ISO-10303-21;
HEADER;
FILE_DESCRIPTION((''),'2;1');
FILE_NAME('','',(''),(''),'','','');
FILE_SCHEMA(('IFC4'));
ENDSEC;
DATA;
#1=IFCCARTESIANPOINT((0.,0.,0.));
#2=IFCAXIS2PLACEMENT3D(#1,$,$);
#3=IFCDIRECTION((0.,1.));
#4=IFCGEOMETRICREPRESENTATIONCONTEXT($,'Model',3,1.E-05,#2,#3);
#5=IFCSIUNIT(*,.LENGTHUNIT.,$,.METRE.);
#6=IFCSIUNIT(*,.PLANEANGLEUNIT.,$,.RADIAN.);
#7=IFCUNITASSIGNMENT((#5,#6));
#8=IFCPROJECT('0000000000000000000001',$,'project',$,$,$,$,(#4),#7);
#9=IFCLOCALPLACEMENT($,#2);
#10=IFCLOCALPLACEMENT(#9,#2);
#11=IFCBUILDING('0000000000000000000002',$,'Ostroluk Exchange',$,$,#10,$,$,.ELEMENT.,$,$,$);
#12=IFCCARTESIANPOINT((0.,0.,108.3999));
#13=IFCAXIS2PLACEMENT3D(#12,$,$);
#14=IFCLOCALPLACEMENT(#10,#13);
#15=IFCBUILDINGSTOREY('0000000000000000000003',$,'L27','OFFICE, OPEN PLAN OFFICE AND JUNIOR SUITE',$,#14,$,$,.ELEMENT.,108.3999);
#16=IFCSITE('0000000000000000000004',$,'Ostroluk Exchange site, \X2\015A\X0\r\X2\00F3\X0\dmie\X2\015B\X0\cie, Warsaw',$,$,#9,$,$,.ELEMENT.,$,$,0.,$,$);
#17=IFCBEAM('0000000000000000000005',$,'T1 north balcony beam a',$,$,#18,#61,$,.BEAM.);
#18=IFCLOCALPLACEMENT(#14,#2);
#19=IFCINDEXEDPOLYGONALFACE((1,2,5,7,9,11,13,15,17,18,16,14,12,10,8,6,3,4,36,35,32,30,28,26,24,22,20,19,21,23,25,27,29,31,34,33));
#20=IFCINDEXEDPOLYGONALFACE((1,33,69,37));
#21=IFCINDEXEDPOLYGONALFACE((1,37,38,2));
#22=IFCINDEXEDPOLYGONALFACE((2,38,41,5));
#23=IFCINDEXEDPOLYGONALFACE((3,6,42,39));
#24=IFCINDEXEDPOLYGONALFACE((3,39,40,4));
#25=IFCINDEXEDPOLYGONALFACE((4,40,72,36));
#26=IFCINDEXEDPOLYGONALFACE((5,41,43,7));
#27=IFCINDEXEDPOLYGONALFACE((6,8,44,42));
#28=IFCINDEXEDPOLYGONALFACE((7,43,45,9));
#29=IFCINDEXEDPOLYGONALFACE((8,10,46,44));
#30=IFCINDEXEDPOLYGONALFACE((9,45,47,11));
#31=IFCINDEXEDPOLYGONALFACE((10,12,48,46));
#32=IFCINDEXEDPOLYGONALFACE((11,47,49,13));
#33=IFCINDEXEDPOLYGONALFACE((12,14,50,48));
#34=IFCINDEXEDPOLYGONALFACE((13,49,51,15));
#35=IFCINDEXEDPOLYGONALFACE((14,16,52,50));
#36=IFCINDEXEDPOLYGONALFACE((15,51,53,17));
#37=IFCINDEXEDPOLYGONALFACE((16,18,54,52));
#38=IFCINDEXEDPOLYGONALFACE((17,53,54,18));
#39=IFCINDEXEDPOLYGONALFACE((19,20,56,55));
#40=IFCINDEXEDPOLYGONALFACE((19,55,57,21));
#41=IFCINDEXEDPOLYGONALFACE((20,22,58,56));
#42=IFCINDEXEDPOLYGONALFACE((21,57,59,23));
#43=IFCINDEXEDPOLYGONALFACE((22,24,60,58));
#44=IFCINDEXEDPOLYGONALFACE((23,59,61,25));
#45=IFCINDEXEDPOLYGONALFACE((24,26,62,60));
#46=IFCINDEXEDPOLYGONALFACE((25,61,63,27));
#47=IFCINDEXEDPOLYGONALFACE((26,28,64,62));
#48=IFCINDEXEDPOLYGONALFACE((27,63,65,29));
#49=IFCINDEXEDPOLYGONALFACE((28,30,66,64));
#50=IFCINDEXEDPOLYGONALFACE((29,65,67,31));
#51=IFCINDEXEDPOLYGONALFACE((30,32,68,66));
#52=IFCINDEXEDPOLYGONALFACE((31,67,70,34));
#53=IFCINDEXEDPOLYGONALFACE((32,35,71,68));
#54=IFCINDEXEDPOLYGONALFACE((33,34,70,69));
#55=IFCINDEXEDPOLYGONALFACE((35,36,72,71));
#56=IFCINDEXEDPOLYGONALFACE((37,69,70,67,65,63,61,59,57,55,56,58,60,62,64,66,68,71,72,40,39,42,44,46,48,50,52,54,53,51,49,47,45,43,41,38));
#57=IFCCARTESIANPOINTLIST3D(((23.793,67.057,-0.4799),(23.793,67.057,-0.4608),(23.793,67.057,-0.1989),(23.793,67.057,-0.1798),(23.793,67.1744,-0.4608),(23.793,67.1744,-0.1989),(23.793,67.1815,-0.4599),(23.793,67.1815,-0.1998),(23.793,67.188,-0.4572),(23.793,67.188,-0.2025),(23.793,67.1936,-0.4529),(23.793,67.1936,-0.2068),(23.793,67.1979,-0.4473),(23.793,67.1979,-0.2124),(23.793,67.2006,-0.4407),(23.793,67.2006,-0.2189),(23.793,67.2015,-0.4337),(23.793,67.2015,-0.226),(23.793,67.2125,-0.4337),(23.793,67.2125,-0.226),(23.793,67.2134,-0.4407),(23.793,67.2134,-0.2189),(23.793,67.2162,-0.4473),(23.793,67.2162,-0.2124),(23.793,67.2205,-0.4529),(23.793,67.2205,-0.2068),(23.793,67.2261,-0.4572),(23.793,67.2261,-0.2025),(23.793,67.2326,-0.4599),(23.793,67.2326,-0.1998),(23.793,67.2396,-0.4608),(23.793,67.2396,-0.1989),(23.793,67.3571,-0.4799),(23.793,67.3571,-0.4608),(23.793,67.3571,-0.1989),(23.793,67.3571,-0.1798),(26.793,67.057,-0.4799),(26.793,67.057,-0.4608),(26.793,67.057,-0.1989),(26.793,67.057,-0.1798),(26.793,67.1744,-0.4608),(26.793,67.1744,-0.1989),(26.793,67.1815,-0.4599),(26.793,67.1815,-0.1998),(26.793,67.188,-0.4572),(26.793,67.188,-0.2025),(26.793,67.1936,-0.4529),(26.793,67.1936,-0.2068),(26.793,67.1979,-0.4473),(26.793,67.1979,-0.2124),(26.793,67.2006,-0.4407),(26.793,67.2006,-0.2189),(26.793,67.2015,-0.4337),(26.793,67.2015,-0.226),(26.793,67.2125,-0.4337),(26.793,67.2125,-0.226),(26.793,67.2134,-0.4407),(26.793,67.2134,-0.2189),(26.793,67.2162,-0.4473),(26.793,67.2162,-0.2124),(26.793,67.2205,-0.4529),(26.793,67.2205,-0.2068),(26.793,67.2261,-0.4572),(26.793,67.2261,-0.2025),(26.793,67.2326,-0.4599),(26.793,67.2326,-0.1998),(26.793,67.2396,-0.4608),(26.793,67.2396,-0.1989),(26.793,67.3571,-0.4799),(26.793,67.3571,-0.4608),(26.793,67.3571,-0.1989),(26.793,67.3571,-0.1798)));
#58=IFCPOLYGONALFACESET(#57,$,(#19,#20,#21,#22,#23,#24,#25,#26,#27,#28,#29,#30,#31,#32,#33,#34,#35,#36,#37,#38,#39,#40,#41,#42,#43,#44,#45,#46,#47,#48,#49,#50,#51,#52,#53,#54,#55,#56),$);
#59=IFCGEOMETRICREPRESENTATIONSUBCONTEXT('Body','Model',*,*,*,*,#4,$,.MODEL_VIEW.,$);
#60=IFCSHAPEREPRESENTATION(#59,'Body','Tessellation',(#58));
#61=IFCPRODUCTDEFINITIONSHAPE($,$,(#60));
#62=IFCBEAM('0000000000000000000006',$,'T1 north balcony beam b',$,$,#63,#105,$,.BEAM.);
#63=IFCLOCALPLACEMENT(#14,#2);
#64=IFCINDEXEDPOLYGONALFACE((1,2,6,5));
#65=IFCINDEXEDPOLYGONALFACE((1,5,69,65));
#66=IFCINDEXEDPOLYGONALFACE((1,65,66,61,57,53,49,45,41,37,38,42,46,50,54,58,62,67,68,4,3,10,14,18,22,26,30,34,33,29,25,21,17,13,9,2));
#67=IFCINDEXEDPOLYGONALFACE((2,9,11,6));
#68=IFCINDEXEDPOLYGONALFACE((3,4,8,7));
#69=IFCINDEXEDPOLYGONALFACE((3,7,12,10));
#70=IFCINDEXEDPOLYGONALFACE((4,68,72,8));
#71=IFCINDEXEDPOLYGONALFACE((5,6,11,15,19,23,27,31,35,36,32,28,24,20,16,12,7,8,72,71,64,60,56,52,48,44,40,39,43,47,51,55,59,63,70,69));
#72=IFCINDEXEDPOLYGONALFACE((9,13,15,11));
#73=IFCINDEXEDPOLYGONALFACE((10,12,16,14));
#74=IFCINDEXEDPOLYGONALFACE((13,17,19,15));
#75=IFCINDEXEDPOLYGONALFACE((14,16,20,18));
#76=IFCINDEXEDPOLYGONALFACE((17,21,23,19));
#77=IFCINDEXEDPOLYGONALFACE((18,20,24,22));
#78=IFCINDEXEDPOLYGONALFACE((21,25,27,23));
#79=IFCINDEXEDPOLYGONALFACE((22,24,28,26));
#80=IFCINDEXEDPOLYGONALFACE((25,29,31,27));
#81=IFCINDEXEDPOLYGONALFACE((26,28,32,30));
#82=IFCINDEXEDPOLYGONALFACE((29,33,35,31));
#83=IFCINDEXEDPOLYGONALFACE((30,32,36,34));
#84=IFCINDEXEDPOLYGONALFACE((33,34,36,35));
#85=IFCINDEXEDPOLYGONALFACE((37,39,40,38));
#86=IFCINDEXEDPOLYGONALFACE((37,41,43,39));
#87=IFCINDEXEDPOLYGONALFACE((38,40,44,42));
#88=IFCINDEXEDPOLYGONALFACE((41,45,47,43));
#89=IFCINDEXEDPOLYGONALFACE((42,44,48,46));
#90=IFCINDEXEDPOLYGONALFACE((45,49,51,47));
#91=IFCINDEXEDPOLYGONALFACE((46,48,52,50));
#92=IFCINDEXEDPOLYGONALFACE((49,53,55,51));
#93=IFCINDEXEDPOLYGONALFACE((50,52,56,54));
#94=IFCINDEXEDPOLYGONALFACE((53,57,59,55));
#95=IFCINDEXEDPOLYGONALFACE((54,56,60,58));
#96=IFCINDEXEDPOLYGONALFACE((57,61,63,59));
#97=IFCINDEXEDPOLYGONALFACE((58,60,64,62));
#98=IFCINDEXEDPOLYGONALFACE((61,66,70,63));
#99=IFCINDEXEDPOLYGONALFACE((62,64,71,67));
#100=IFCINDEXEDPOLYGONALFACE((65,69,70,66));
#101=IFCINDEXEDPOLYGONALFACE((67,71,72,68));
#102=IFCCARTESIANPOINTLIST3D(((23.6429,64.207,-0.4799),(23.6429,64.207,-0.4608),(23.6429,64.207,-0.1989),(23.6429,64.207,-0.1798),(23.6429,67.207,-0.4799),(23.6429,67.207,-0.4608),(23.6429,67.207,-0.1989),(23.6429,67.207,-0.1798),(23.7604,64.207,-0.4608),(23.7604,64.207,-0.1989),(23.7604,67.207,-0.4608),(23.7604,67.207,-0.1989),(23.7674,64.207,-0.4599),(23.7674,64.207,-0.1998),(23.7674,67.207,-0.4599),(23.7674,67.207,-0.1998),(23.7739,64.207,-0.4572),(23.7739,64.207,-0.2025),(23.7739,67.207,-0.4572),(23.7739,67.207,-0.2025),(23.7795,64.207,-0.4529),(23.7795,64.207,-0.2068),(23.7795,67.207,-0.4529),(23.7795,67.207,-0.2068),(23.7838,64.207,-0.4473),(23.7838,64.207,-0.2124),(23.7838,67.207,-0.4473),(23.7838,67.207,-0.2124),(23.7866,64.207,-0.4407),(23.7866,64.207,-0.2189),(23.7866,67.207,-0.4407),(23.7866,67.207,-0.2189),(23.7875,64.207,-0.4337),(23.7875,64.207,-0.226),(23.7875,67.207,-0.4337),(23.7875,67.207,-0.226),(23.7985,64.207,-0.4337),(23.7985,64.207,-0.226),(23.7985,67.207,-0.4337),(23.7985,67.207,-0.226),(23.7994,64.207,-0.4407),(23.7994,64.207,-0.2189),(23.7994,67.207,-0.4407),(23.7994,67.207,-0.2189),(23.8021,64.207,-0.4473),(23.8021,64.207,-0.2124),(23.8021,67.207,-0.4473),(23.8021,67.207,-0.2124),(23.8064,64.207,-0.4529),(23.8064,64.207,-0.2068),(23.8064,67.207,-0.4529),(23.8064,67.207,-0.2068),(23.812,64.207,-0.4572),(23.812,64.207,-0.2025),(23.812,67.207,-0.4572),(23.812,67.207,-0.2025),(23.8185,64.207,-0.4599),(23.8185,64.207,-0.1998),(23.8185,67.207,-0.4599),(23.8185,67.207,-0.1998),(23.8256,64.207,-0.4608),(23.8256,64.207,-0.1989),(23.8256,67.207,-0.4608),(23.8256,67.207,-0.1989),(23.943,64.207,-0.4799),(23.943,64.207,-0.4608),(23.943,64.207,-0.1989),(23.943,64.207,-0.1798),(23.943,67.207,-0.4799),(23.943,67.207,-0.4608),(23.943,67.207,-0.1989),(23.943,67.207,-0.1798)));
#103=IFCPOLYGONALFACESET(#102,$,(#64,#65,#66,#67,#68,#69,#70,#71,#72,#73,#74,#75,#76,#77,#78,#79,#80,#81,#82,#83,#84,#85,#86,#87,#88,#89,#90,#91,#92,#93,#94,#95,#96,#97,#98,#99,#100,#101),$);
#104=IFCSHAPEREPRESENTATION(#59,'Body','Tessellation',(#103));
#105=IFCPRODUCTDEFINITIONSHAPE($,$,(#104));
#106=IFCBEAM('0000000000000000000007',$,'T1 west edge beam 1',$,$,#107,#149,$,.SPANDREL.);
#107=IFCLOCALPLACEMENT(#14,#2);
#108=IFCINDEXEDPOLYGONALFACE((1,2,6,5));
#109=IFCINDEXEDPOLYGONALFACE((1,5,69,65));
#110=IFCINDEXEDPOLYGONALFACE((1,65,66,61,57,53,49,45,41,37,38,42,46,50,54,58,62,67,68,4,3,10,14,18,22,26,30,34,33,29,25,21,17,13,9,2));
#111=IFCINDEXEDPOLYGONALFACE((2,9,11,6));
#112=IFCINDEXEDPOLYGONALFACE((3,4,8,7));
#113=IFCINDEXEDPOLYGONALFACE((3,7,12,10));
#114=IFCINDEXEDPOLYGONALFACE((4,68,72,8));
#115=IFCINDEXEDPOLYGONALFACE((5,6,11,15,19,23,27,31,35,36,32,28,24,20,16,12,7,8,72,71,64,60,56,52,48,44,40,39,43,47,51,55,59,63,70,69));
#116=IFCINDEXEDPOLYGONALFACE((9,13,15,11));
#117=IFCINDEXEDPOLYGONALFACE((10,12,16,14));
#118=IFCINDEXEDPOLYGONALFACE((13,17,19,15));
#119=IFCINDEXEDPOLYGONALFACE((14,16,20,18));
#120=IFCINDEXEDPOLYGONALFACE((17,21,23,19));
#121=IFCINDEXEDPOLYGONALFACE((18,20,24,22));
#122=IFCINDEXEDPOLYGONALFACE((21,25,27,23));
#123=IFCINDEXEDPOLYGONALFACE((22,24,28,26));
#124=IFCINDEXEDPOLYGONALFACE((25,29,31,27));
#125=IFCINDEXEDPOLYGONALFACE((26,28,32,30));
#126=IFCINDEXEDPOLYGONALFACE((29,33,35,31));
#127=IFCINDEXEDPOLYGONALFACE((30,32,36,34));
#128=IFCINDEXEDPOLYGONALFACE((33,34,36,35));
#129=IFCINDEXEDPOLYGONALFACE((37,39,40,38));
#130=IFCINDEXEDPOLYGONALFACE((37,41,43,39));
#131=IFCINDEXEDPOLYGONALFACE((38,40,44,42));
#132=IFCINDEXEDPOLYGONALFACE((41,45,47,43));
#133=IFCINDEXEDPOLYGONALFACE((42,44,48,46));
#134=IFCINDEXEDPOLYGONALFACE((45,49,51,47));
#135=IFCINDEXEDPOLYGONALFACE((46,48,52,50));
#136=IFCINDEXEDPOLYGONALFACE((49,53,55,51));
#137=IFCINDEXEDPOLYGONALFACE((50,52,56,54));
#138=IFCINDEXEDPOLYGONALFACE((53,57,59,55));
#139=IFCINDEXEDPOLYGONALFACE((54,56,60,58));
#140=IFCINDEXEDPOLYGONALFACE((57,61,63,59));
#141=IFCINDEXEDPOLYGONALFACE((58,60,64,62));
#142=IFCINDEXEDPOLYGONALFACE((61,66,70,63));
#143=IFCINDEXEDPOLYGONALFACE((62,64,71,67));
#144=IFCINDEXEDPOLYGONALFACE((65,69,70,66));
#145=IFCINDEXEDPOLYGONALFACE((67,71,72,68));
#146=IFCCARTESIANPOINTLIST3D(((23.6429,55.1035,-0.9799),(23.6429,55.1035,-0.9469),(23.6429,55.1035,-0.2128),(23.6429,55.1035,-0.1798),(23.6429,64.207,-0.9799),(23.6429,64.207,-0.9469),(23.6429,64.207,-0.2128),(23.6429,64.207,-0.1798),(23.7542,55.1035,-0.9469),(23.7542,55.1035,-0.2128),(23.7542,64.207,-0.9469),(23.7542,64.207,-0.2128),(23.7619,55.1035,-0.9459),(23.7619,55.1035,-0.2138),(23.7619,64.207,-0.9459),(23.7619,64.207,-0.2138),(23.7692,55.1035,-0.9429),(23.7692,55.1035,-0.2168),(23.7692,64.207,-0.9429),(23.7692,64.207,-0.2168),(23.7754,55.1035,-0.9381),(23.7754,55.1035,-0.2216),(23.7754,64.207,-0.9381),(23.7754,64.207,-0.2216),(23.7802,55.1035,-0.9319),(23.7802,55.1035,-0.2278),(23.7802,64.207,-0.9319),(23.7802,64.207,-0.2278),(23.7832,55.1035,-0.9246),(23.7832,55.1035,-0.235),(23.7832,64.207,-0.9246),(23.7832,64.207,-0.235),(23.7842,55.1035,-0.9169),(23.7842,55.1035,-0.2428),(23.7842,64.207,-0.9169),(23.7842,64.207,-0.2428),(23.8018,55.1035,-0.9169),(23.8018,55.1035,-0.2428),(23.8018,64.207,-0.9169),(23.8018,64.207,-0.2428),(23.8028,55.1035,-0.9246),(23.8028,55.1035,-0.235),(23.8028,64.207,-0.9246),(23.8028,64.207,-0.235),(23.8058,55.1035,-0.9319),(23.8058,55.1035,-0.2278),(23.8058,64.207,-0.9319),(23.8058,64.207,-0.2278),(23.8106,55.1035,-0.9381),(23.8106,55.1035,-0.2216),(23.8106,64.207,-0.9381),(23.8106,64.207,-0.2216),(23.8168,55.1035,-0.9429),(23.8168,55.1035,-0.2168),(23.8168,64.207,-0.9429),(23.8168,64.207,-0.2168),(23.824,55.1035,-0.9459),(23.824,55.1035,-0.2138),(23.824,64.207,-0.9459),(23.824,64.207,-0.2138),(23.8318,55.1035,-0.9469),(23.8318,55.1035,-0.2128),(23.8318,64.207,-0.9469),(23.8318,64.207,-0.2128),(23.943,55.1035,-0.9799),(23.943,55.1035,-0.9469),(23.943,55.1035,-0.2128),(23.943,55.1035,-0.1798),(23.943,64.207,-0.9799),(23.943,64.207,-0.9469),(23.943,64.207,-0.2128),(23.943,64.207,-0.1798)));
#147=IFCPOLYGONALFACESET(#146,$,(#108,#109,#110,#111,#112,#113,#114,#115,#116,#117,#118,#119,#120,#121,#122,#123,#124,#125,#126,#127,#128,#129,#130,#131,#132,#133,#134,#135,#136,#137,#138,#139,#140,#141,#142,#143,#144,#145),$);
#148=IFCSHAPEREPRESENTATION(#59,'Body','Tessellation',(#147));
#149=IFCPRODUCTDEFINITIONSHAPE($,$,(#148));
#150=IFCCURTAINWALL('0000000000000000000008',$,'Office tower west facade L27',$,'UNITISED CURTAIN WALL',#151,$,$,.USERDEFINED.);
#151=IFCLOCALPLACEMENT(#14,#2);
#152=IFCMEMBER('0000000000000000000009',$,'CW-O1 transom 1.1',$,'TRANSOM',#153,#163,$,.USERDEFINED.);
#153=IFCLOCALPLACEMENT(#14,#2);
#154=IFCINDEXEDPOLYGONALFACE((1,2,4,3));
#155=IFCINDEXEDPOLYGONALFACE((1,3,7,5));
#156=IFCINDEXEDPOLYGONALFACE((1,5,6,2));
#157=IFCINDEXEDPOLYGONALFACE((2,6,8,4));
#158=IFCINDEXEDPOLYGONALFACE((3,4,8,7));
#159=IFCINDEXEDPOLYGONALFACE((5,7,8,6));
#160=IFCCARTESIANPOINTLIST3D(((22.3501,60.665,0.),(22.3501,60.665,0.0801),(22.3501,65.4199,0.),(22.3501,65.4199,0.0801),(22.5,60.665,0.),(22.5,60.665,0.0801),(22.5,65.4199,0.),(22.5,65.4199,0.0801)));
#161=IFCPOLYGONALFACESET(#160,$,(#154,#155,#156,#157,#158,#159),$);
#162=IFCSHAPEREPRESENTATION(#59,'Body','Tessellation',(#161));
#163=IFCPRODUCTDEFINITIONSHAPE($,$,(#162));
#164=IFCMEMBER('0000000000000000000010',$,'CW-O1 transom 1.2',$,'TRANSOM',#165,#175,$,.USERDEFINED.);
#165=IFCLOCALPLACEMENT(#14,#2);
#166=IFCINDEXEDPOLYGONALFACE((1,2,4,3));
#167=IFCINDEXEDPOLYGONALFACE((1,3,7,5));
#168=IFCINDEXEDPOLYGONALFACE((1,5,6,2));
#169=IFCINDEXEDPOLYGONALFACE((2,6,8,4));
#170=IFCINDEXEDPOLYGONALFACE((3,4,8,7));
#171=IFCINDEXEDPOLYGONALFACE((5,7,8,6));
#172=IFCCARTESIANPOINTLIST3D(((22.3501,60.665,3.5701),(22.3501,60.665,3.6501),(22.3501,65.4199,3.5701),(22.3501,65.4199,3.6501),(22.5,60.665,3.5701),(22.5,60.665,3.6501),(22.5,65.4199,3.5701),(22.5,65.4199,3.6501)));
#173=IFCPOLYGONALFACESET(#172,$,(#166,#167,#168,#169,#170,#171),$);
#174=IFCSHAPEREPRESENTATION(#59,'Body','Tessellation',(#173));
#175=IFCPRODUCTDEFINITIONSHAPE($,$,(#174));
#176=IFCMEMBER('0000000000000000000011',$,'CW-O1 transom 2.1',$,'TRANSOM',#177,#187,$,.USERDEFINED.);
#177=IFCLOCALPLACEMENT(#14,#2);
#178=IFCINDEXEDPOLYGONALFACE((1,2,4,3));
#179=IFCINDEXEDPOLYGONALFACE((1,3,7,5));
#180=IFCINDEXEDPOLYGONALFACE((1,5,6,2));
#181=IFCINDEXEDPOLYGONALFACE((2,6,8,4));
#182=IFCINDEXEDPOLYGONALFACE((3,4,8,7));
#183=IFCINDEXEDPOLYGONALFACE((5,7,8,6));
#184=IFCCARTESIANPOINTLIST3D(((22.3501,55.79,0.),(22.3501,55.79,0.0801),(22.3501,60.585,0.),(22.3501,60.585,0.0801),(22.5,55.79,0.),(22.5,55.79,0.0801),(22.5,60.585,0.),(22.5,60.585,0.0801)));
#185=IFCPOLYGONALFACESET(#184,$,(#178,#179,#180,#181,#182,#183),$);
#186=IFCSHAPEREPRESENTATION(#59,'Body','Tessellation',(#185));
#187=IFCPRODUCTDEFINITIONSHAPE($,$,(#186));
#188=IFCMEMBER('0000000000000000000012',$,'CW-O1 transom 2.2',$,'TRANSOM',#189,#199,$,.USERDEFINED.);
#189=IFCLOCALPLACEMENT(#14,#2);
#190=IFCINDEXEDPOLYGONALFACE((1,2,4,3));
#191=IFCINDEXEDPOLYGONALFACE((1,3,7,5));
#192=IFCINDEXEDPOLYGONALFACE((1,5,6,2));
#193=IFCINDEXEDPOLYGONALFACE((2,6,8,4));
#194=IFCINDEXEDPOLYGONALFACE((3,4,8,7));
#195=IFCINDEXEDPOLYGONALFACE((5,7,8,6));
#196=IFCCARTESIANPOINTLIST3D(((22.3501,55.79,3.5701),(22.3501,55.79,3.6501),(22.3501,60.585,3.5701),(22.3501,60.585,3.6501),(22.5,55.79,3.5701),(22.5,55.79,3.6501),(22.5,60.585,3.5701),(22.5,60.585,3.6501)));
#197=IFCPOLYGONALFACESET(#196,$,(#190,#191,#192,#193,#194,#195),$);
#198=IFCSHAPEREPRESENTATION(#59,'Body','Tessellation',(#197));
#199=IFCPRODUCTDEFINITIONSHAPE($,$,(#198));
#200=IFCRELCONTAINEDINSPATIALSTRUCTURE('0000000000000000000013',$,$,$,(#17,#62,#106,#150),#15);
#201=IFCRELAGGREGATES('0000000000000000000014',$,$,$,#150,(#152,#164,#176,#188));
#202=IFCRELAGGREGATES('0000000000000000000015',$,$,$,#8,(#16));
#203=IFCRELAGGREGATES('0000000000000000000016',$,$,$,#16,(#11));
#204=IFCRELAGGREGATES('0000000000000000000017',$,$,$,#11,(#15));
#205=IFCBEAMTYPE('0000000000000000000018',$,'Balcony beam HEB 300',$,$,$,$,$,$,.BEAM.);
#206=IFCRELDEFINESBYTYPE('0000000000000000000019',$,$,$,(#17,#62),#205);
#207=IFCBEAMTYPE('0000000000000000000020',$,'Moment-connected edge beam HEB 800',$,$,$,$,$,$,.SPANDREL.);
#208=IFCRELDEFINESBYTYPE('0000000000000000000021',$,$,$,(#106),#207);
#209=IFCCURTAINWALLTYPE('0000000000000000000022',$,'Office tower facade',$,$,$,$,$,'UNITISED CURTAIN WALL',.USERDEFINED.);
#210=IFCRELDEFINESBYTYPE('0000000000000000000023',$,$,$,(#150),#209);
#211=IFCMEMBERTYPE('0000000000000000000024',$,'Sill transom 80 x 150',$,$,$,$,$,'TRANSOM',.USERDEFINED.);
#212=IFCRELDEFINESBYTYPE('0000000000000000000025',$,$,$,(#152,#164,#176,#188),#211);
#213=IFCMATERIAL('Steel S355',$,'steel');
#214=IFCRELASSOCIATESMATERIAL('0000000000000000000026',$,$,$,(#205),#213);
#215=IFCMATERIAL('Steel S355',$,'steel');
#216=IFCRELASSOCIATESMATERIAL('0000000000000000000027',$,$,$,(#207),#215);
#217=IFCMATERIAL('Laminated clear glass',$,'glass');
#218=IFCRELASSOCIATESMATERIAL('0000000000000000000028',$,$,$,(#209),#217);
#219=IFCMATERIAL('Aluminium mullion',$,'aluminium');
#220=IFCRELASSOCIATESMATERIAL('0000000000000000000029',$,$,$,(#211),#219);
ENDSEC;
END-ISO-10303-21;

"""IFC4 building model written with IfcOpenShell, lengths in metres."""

from ifc_helpers import new_model, si_unit, direction, frame, origin, origin_2d, place, context, subcontext, project, spatial, rectangle, i_section, extrude, material, material_profile, profile_set, type_object, element, aggregate, save


model = new_model("IFC4")

# Units and contexts
model_context = context("Model", 3, precision=1e-05, world=origin(), true_north=direction((0.0, 1.0)))
body_context = subcontext(model_context, "Body", "Model", "MODEL_VIEW")
ifc_project = project(units=[si_unit("LENGTHUNIT", "METRE"), si_unit("PLANEANGLEUNIT", "RADIAN")], contexts=[model_context])

# Site, building, storey
site_placement = place(None, origin())
site = spatial("IfcSite", under=ifc_project, at=site_placement, Name="Ostroluk Exchange site, Śródmieście, Warsaw", CompositionType="ELEMENT", RefElevation=0.0)
building_placement = place(site_placement, origin())
building = spatial("IfcBuilding", under=site, at=building_placement, Name="Ostroluk Exchange", CompositionType="ELEMENT")
storey_placement = place(building_placement, frame((0.0, 0.0, 108.3999)))
storey = spatial("IfcBuildingStorey", under=building, at=storey_placement, Name="L27", Description="OFFICE, OPEN PLAN OFFICE AND JUNIOR SUITE", CompositionType="ELEMENT", Elevation=108.3999)

# Beams
ifc_material_1 = material(Name="Steel S355", Category="steel")
ifc_material_profile_1 = material_profile(ifc_material_1, i_section(OverallWidth=0.3, OverallDepth=0.3, WebThickness=0.011, FlangeThickness=0.019, FilletRadius=0.0271, at=origin_2d()), Name="HEB 300")
ifc_profile_set_1 = profile_set([ifc_material_profile_1], Name="Steel S355")
beam_type_1 = type_object("IfcBeamType", Name="Balcony beam HEB 300", PredefinedType="BEAM", material=ifc_profile_set_1)
for number, where, z_axis, x_axis, name in (
    (1, (26.793, 67.207, -0.3298), (-1.0, 0.0, 0.0), (0.0, -1.0, 0.0), "T1 north balcony beam a"),
    (2, (23.793, 64.207, -0.3298), (0.0, 1.0, 0.0), (-1.0, 0.0, 0.0), "T1 north balcony beam b"),
):
    element("IfcBeam", number, at=place(storey_placement, frame(where, z_axis=z_axis, x_axis=x_axis)), inside=storey, type_object=beam_type_1, Name=name, PredefinedType="BEAM", context=body_context, shape_type="SweptSolid", body=[
        extrude(i_section(OverallWidth=0.3, OverallDepth=0.3, WebThickness=0.011, FlangeThickness=0.019, FilletRadius=0.0271, at=origin_2d()), origin(), (0.0, 0.0, 1.0), 3.0),
    ])
ifc_material_2 = material(Name="Steel S355", Category="steel")
ifc_material_profile_2 = material_profile(ifc_material_2, i_section(OverallWidth=0.3, OverallDepth=0.8, WebThickness=0.0176, FlangeThickness=0.033, FilletRadius=0.03, at=origin_2d()), Name="HEB 800")
ifc_profile_set_2 = profile_set([ifc_material_profile_2], Name="Steel S355")
beam_type_2 = type_object("IfcBeamType", Name="Moment-connected edge beam HEB 800", PredefinedType="SPANDREL", material=ifc_profile_set_2)
beam_placement = place(storey_placement, frame((23.793, 64.207, -0.5798), z_axis=(0.0, -1.0, 0.0), x_axis=(1.0, 0.0, 0.0)))
element("IfcBeam", 3, at=beam_placement, inside=storey, type_object=beam_type_2, Name="T1 west edge beam 1", PredefinedType="SPANDREL", context=body_context, shape_type="SweptSolid", body=[
    extrude(i_section(OverallWidth=0.3, OverallDepth=0.8, WebThickness=0.0176, FlangeThickness=0.033, FilletRadius=0.03, at=origin_2d()), origin(), (0.0, 0.0, 1.0), 9.1035),
])

# Curtain wall, members
ifc_material_3 = material(Name="Laminated clear glass", Category="glass")
curtain_wall_type = type_object("IfcCurtainWallType", Name="Office tower facade", ElementType="UNITISED CURTAIN WALL", PredefinedType="USERDEFINED", material=ifc_material_3)
curtain_wall_1_placement = place(storey_placement, origin())
curtain_wall_1 = element("IfcCurtainWall", 4, at=curtain_wall_1_placement, inside=storey, type_object=curtain_wall_type, Name="Office tower west facade L27", ObjectType="UNITISED CURTAIN WALL", PredefinedType="USERDEFINED")
ifc_material_4 = material(Name="Aluminium mullion", Category="aluminium")
ifc_material_profile_3 = material_profile(ifc_material_4, rectangle(XDim=0.1499, YDim=0.0801, at=origin_2d()), Name="Sill transom 80 x 150")
ifc_profile_set_3 = profile_set([ifc_material_profile_3], Name="Aluminium mullion")
member_type_1 = type_object("IfcMemberType", Name="Sill transom 80 x 150", ElementType="TRANSOM", PredefinedType="USERDEFINED", material=ifc_profile_set_3)
member_1_placement = place(storey_placement, frame((22.425, 65.4199, 0.04), z_axis=(0.0, -1.0, 0.0), x_axis=(1.0, 0.0, 0.0)))
member_1 = element("IfcMember", 5, at=member_1_placement, type_object=member_type_1, Name="CW-O1 transom 1.1", ObjectType="TRANSOM", PredefinedType="USERDEFINED", context=body_context, shape_type="SweptSolid", body=[
    extrude(rectangle(XDim=0.1499, YDim=0.0801, at=origin_2d()), origin(), (0.0, 0.0, 1.0), 4.7549),
])
member_2_placement = place(storey_placement, frame((22.425, 65.4199, 3.6101), z_axis=(0.0, -1.0, 0.0), x_axis=(1.0, 0.0, 0.0)))
member_2 = element("IfcMember", 6, at=member_2_placement, type_object=member_type_1, Name="CW-O1 transom 1.2", ObjectType="TRANSOM", PredefinedType="USERDEFINED", context=body_context, shape_type="SweptSolid", body=[
    extrude(rectangle(XDim=0.1499, YDim=0.0801, at=origin_2d()), origin(), (0.0, 0.0, 1.0), 4.7549),
])
member_3_placement = place(storey_placement, frame((22.425, 60.585, 0.04), z_axis=(0.0, -1.0, 0.0), x_axis=(1.0, 0.0, 0.0)))
member_3 = element("IfcMember", 7, at=member_3_placement, type_object=member_type_1, Name="CW-O1 transom 2.1", ObjectType="TRANSOM", PredefinedType="USERDEFINED", context=body_context, shape_type="SweptSolid", body=[
    extrude(rectangle(XDim=0.1499, YDim=0.0801, at=origin_2d()), origin(), (0.0, 0.0, 1.0), 4.7949),
])
member_4_placement = place(storey_placement, frame((22.425, 60.585, 3.6101), z_axis=(0.0, -1.0, 0.0), x_axis=(1.0, 0.0, 0.0)))
member_4 = element("IfcMember", 8, at=member_4_placement, type_object=member_type_1, Name="CW-O1 transom 2.2", ObjectType="TRANSOM", PredefinedType="USERDEFINED", context=body_context, shape_type="SweptSolid", body=[
    extrude(rectangle(XDim=0.1499, YDim=0.0801, at=origin_2d()), origin(), (0.0, 0.0, 1.0), 4.7949),
])

aggregate(curtain_wall_1, [member_1, member_2, member_3, member_4])

save(model, "model.ifc")
